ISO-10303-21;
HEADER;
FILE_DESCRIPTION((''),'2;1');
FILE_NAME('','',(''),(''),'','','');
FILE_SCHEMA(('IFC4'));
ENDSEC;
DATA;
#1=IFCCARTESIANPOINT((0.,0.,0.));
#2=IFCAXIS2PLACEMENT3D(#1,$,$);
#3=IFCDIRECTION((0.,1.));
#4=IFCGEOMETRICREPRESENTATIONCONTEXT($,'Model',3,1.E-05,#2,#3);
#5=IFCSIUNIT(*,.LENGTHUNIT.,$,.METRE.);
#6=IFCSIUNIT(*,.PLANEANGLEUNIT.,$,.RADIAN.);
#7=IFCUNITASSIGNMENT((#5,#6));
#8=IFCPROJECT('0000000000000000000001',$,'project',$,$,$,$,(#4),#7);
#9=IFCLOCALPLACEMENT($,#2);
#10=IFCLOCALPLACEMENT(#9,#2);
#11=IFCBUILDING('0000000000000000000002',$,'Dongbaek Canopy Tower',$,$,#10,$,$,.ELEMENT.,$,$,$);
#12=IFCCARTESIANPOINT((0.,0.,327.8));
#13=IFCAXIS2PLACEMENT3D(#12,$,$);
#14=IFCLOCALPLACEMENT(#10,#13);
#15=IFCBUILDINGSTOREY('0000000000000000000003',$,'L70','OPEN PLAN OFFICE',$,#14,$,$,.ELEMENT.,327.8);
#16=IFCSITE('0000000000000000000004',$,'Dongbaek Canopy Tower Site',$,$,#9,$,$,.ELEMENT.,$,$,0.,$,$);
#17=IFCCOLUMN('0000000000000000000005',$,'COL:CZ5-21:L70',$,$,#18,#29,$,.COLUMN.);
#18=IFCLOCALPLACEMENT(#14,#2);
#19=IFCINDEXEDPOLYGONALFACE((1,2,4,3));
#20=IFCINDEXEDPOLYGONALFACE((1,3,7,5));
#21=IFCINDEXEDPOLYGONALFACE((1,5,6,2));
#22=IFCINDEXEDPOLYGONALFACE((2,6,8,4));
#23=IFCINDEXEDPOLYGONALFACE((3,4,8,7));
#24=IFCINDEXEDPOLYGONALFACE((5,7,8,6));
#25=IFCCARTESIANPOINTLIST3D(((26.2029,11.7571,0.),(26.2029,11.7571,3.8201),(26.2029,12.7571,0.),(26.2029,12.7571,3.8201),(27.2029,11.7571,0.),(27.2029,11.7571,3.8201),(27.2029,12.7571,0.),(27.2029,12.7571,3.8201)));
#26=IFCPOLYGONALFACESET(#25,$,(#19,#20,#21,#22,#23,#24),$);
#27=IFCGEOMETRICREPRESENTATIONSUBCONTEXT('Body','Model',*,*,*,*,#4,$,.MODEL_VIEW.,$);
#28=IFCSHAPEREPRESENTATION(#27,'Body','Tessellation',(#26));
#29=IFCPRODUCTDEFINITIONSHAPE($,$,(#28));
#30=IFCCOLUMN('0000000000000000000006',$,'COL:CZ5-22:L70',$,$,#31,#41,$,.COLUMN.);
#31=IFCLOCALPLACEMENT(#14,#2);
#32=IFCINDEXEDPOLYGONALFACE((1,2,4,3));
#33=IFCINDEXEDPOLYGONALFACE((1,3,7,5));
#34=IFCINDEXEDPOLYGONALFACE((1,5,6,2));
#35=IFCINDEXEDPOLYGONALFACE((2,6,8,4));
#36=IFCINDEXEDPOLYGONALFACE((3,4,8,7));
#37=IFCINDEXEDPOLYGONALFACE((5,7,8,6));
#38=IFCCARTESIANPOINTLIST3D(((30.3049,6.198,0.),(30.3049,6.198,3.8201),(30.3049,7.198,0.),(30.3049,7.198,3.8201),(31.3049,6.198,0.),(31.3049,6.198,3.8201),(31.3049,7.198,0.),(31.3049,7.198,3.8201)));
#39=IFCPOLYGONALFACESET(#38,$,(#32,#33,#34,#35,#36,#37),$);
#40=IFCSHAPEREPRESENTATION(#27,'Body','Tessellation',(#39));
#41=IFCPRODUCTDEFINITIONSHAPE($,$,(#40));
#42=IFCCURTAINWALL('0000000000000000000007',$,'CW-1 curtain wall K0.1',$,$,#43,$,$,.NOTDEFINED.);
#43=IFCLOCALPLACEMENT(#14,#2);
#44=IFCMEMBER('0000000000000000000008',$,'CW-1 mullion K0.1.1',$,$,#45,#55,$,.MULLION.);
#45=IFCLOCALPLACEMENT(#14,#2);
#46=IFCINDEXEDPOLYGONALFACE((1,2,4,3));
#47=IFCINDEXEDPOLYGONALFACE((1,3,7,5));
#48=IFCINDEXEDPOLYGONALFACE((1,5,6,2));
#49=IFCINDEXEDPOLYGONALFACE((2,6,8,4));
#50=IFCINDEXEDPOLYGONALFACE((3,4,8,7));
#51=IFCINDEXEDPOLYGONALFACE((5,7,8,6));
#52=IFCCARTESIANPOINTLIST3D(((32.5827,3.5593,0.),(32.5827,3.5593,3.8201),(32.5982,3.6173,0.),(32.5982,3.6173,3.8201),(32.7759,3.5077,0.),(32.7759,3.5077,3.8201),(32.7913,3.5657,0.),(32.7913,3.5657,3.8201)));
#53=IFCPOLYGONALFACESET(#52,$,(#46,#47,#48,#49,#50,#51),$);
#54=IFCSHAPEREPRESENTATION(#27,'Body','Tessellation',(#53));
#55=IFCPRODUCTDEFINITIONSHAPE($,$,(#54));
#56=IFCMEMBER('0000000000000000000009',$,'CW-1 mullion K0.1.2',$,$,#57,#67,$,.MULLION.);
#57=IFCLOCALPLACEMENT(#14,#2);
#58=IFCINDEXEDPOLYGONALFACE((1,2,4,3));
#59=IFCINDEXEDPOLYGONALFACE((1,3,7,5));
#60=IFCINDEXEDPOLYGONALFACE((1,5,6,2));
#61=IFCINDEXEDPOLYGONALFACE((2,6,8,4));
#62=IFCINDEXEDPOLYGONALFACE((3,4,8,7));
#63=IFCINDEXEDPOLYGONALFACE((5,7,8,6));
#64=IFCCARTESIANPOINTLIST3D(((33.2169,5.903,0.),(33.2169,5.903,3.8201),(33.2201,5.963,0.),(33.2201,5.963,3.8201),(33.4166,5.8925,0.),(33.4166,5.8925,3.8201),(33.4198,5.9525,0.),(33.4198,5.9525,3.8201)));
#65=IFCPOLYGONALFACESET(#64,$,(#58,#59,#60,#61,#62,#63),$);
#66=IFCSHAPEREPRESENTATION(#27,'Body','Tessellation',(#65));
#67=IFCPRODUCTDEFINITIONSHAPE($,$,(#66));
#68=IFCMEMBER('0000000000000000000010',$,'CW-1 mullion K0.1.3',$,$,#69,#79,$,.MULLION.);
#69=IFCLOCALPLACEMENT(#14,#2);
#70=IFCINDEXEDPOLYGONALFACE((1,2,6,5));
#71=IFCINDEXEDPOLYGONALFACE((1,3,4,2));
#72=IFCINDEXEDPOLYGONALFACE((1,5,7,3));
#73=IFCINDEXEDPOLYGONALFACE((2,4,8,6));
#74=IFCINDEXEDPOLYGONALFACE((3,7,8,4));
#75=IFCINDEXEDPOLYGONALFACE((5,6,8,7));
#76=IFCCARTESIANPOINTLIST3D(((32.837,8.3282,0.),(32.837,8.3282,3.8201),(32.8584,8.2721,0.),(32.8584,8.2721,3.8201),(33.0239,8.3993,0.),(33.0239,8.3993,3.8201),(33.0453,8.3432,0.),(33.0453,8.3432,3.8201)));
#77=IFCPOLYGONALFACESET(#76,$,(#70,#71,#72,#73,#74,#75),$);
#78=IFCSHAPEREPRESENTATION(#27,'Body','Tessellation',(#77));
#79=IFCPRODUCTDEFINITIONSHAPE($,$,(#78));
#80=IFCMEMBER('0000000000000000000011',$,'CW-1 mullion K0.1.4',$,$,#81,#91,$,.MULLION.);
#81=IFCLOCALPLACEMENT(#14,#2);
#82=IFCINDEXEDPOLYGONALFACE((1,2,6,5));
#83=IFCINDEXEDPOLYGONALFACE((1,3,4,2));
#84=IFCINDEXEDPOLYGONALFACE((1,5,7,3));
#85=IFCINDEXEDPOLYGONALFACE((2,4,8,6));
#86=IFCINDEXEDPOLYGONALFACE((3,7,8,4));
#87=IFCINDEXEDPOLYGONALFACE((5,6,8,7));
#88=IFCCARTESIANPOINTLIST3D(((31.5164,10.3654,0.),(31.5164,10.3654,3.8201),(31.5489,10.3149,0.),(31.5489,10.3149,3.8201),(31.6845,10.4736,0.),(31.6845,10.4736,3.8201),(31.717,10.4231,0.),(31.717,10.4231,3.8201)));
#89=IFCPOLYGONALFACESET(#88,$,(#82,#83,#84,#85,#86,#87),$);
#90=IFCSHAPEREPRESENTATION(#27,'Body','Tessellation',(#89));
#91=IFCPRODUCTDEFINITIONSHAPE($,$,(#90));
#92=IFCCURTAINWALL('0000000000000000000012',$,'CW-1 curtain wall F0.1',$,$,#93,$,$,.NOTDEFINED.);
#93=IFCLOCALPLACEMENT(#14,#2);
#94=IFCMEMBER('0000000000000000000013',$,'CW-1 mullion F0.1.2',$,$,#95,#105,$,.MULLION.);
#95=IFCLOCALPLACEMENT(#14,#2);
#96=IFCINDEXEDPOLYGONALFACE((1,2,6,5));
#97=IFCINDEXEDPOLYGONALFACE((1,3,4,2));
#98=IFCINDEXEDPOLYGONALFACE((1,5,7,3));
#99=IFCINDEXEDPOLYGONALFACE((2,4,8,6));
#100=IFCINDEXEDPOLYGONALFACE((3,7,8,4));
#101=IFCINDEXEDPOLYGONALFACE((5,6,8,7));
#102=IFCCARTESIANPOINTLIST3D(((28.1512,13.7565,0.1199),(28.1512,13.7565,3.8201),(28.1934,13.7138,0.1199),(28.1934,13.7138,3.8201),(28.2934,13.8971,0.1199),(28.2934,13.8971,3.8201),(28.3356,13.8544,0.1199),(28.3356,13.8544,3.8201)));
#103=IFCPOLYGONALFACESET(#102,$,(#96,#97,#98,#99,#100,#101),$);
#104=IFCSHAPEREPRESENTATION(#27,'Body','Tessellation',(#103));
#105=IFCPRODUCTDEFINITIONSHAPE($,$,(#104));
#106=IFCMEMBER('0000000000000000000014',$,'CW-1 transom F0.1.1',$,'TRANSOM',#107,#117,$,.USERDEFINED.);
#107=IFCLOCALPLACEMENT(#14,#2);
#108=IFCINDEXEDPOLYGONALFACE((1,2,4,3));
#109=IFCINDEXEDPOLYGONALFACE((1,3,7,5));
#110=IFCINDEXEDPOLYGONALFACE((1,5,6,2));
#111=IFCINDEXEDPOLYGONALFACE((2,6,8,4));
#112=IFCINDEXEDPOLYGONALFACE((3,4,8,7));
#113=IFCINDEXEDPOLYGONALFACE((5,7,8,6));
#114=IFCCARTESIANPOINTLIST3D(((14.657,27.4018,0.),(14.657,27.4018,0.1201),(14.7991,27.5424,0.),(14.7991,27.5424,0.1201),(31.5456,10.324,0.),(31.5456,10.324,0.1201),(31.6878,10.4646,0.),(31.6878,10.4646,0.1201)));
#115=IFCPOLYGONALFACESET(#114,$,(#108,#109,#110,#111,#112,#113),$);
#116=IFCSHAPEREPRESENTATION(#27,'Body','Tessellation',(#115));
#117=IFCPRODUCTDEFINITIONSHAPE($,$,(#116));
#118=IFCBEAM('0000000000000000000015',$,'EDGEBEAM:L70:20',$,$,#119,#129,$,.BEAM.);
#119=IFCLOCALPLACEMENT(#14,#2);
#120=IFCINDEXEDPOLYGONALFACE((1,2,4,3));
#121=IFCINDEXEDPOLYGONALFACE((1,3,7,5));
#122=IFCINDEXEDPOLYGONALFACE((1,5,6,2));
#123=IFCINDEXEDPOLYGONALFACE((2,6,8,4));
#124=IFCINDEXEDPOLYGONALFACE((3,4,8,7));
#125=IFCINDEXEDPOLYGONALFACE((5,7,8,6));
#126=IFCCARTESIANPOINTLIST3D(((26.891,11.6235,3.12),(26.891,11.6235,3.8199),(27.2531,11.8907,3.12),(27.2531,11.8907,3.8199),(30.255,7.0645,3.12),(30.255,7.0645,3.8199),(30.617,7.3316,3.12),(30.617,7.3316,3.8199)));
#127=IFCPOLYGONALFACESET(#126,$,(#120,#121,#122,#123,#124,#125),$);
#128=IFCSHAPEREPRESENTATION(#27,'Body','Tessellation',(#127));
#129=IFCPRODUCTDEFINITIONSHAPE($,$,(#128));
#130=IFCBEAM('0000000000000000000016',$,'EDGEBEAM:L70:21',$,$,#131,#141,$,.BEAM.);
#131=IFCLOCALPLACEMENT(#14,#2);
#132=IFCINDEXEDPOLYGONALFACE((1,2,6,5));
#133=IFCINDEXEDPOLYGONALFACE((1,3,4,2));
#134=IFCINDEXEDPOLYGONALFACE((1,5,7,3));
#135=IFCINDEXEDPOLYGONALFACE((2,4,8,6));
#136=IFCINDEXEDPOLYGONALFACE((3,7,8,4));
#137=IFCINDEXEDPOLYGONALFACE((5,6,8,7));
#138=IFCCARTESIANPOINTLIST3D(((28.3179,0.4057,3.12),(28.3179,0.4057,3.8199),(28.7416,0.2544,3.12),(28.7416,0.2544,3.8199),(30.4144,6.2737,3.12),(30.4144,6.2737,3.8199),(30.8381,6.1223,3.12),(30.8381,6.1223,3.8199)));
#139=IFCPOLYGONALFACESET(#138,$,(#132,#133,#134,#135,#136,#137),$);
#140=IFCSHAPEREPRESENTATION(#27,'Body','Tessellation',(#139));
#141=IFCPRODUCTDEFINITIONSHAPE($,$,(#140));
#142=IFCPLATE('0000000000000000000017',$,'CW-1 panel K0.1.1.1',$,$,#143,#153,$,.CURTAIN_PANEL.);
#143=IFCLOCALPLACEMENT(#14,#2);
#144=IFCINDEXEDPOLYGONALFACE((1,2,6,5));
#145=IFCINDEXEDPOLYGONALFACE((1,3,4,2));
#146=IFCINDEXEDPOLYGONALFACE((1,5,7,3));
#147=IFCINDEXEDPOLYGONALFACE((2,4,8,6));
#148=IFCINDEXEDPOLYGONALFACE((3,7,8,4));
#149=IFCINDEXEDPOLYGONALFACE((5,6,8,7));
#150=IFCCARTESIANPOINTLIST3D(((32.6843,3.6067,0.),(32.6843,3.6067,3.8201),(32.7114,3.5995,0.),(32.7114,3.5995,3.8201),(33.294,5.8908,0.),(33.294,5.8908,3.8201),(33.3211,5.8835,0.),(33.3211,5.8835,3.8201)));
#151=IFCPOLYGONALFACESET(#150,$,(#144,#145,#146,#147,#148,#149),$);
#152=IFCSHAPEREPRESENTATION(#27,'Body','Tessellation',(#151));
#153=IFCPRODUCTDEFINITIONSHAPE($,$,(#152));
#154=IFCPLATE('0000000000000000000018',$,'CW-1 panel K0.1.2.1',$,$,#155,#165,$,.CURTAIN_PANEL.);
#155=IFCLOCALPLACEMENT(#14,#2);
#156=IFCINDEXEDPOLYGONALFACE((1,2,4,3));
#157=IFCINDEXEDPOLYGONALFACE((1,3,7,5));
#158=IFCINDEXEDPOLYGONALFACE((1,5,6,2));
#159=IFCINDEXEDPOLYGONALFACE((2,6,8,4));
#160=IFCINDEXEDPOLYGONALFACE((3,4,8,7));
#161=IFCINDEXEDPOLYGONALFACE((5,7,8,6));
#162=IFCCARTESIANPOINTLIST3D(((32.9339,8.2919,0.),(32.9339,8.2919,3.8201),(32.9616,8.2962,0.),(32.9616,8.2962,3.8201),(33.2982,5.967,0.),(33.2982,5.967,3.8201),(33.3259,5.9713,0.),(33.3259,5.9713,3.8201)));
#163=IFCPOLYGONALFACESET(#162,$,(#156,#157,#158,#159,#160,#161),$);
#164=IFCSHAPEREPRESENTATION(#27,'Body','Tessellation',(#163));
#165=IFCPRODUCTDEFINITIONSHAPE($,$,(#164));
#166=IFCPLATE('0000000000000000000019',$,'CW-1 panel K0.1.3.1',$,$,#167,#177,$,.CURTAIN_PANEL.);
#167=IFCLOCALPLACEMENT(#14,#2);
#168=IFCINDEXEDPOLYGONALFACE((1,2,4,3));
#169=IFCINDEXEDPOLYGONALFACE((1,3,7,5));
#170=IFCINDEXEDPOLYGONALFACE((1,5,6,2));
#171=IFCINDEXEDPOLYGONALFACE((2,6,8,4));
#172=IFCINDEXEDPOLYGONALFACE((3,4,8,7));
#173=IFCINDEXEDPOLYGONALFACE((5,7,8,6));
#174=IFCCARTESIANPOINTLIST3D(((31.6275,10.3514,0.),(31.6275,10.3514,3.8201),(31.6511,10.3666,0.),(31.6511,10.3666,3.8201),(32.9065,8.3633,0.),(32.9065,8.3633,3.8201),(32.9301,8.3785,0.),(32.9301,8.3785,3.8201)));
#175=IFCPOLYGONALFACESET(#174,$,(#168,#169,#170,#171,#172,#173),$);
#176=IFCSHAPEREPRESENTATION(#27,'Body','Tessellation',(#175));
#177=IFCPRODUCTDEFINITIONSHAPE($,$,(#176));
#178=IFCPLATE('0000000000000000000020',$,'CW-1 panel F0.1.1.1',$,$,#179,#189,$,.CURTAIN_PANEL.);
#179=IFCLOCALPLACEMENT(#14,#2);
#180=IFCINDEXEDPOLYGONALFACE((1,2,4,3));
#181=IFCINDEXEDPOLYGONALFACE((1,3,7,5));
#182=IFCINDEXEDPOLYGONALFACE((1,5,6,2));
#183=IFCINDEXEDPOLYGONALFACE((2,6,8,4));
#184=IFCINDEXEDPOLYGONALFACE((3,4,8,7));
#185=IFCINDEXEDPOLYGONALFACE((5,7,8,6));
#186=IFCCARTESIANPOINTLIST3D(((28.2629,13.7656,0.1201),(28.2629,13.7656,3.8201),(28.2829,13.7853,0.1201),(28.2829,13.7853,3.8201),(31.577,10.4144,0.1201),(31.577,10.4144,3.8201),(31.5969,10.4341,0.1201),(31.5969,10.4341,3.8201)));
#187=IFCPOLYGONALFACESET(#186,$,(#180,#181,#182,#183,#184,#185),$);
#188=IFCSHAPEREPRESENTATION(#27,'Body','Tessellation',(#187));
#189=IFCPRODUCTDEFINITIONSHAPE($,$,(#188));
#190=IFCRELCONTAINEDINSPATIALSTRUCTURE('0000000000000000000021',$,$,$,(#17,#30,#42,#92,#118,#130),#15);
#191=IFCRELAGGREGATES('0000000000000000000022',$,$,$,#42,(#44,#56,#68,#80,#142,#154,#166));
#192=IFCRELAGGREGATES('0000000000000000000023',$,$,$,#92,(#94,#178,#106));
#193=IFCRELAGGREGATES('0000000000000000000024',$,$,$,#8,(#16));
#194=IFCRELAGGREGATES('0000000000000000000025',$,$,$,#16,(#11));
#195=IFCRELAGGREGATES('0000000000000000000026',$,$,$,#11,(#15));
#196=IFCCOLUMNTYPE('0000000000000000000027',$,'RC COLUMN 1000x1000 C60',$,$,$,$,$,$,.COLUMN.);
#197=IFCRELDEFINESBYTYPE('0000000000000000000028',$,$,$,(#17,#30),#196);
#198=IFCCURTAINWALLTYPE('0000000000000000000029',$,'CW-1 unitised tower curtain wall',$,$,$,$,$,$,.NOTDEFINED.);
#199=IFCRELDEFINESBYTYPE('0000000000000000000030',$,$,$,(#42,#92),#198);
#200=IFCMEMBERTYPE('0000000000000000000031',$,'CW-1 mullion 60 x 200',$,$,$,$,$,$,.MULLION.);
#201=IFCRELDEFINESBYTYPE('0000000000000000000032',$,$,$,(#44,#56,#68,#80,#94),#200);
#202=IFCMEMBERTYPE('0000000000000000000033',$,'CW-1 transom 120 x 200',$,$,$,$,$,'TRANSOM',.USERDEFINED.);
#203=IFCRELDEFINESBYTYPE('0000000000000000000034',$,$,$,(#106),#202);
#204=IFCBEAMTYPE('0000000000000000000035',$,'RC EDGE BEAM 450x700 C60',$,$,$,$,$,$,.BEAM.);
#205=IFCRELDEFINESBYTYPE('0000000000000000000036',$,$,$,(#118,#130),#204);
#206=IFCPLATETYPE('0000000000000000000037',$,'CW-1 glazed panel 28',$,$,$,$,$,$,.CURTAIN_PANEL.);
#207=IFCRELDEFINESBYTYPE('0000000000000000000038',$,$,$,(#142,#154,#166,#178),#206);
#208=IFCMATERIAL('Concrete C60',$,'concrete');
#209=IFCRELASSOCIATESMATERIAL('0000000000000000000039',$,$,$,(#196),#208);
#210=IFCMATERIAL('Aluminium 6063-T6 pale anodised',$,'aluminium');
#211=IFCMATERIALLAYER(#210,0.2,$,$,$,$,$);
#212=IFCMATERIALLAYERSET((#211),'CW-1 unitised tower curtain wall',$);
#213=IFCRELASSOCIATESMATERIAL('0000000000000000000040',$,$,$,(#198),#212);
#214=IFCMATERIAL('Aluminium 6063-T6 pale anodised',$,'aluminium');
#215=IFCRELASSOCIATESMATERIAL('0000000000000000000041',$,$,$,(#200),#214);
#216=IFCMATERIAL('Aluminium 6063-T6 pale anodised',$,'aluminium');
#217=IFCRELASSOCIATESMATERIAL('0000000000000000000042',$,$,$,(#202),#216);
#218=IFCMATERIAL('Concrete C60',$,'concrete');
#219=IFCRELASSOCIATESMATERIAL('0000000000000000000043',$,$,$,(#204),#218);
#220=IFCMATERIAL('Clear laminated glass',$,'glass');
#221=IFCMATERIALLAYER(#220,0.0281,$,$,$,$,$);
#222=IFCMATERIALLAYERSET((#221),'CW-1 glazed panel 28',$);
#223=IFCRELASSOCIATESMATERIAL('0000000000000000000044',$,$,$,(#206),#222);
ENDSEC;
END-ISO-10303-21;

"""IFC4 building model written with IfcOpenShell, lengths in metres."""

from ifc_helpers import new_model, si_unit, direction, frame, origin, origin_2d, place, context, subcontext, project, spatial, rectangle, extrude, material, layer, layer_set, material_profile, profile_set, type_object, element, aggregate, save


model = new_model("IFC4")

# Units and contexts
model_context = context("Model", 3, precision=1e-05, world=origin(), true_north=direction((0.0, 1.0)))
body_context = subcontext(model_context, "Body", "Model", "MODEL_VIEW")
ifc_project = project(units=[si_unit("LENGTHUNIT", "METRE"), si_unit("PLANEANGLEUNIT", "RADIAN")], contexts=[model_context])

# Site, building, storey
site_placement = place(None, origin())
site = spatial("IfcSite", under=ifc_project, at=site_placement, Name="Dongbaek Canopy Tower Site", CompositionType="ELEMENT", RefElevation=0.0)
building_placement = place(site_placement, origin())
building = spatial("IfcBuilding", under=site, at=building_placement, Name="Dongbaek Canopy Tower", CompositionType="ELEMENT")
storey_placement = place(building_placement, frame((0.0, 0.0, 327.8)))
storey = spatial("IfcBuildingStorey", under=building, at=storey_placement, Name="L70", Description="OPEN PLAN OFFICE", CompositionType="ELEMENT", Elevation=327.8)

# Columns
ifc_material_1 = material(Name="Concrete C60", Category="concrete")
ifc_material_profile_1 = material_profile(ifc_material_1, rectangle(XDim=1.0, YDim=1.0, at=origin_2d()), Name="RC COLUMN 1000x1000 C60")
ifc_profile_set_1 = profile_set([ifc_material_profile_1], Name="Concrete C60")
column_type = type_object("IfcColumnType", Name="RC COLUMN 1000x1000 C60", PredefinedType="COLUMN", material=ifc_profile_set_1)
for number, where, z_axis, x_axis, name in (
    (1, (26.7029, 12.2571, 0.0), (0.0, 0.0, 1.0), (1.0, 0.0, 0.0), "COL:CZ5-21:L70"),
    (2, (30.8049, 6.698, 0.0), (0.0, 0.0, 1.0), (1.0, 0.0, 0.0), "COL:CZ5-22:L70"),
):
    element("IfcColumn", number, at=place(storey_placement, frame(where, z_axis=z_axis, x_axis=x_axis)), inside=storey, type_object=column_type, Name=name, PredefinedType="COLUMN", context=body_context, shape_type="SweptSolid", body=[
        extrude(rectangle(XDim=1.0, YDim=1.0, at=origin_2d()), origin(), (0.0, 0.0, 1.0), 3.8201),
    ])

# Curtain walls, members
ifc_material_2 = material(Name="Aluminium 6063-T6 pale anodised", Category="aluminium")
ifc_layer_1 = layer(ifc_material_2, 0.2)
ifc_layer_set_1 = layer_set([ifc_layer_1], Name="CW-1 unitised tower curtain wall")
curtain_wall_type = type_object("IfcCurtainWallType", Name="CW-1 unitised tower curtain wall", PredefinedType="NOTDEFINED", material=ifc_layer_set_1)
curtain_wall_1_placement = place(storey_placement, origin())
curtain_wall_1 = element("IfcCurtainWall", 3, at=curtain_wall_1_placement, inside=storey, type_object=curtain_wall_type, Name="CW-1 curtain wall K0.1", PredefinedType="NOTDEFINED")
ifc_material_3 = material(Name="Aluminium 6063-T6 pale anodised", Category="aluminium")
ifc_material_profile_2 = material_profile(ifc_material_3, rectangle(XDim=0.2, YDim=0.0601, at=origin_2d()), Name="CW-1 mullion 60 x 200")
ifc_profile_set_2 = profile_set([ifc_material_profile_2], Name="Aluminium 6063-T6 pale anodised")
member_type_1 = type_object("IfcMemberType", Name="CW-1 mullion 60 x 200", PredefinedType="MULLION", material=ifc_profile_set_2)
member_1_placement = place(storey_placement, frame((32.687, 3.5625, 0.0), z_axis=(0.0, 0.0, 1.0), x_axis=(0.966174, -0.257892, 0.0)))
member_1 = element("IfcMember", 4, at=member_1_placement, type_object=member_type_1, Name="CW-1 mullion K0.1.1", PredefinedType="MULLION", context=body_context, shape_type="SweptSolid", body=[
    extrude(rectangle(XDim=0.2, YDim=0.0601, at=origin_2d()), origin(), (0.0, 0.0, 1.0), 3.8201),
])
member_2_placement = place(storey_placement, frame((33.3184, 5.9277, 0.0), z_axis=(0.0, 0.0, 1.0), x_axis=(0.998611, -0.052682, 0.0)))
member_2 = element("IfcMember", 5, at=member_2_placement, type_object=member_type_1, Name="CW-1 mullion K0.1.2", PredefinedType="MULLION", context=body_context, shape_type="SweptSolid", body=[
    extrude(rectangle(XDim=0.2, YDim=0.0601, at=origin_2d()), origin(), (0.0, 0.0, 1.0), 3.8201),
])
member_3_placement = place(storey_placement, frame((32.9412, 8.3357, 0.0), z_axis=(0.0, 0.0, 1.0), x_axis=(0.934637, 0.355604, 0.0)))
member_3 = element("IfcMember", 6, at=member_3_placement, type_object=member_type_1, Name="CW-1 mullion K0.1.3", PredefinedType="MULLION", context=body_context, shape_type="SweptSolid", body=[
    extrude(rectangle(XDim=0.2, YDim=0.0601, at=origin_2d()), origin(), (0.0, 0.0, 1.0), 3.8201),
])
member_4_placement = place(storey_placement, frame((31.6167, 10.3943, 0.0), z_axis=(0.0, 0.0, 1.0), x_axis=(0.840986, 0.541057, 0.0)))
member_4 = element("IfcMember", 7, at=member_4_placement, type_object=member_type_1, Name="CW-1 mullion K0.1.4", PredefinedType="MULLION", context=body_context, shape_type="SweptSolid", body=[
    extrude(rectangle(XDim=0.2, YDim=0.0601, at=origin_2d()), origin(), (0.0, 0.0, 1.0), 3.8201),
])
curtain_wall_2_placement = place(storey_placement, origin())
curtain_wall_2 = element("IfcCurtainWall", 8, at=curtain_wall_2_placement, inside=storey, type_object=curtain_wall_type, Name="CW-1 curtain wall F0.1", PredefinedType="NOTDEFINED")
member_5_placement = place(storey_placement, frame((28.2434, 13.8054, 0.1199), z_axis=(0.0, 0.0, 1.0), x_axis=(0.711035, 0.703156, 0.0)))
member_5 = element("IfcMember", 9, at=member_5_placement, type_object=member_type_1, Name="CW-1 mullion F0.1.2", PredefinedType="MULLION", context=body_context, shape_type="SweptSolid", body=[
    extrude(rectangle(XDim=0.2, YDim=0.0601, at=origin_2d()), origin(), (0.0, 0.0, 1.0), 3.7002),
])
ifc_material_4 = material(Name="Aluminium 6063-T6 pale anodised", Category="aluminium")
ifc_material_profile_3 = material_profile(ifc_material_4, rectangle(XDim=0.2, YDim=0.1201, at=origin_2d()), Name="CW-1 transom 120 x 200")
ifc_profile_set_3 = profile_set([ifc_material_profile_3], Name="Aluminium 6063-T6 pale anodised")
member_type_2 = type_object("IfcMemberType", Name="CW-1 transom 120 x 200", ElementType="TRANSOM", PredefinedType="USERDEFINED", material=ifc_profile_set_3)
member_6_placement = place(storey_placement, frame((31.6167, 10.3943, 0.0601), z_axis=(-0.703157, 0.711035, 0.0), x_axis=(-0.711035, -0.703157, 0.0)))
member_6 = element("IfcMember", 10, at=member_6_placement, type_object=member_type_2, Name="CW-1 transom F0.1.1", ObjectType="TRANSOM", PredefinedType="USERDEFINED", context=body_context, shape_type="SweptSolid", body=[
    extrude(rectangle(XDim=0.2, YDim=0.1201, at=origin_2d()), origin(), (0.0, 0.0, 1.0), 24.0183),
])

# Beams
ifc_material_5 = material(Name="Concrete C60", Category="concrete")
ifc_material_profile_4 = material_profile(ifc_material_5, rectangle(XDim=0.45, YDim=0.7, at=origin_2d()), Name="RC EDGE BEAM 450x700 C60")
ifc_profile_set_4 = profile_set([ifc_material_profile_4], Name="Concrete C60")
beam_type = type_object("IfcBeamType", Name="RC EDGE BEAM 450x700 C60", PredefinedType="BEAM", material=ifc_profile_set_4)
beam_1_placement = place(storey_placement, frame((27.072, 11.7571, 3.47), z_axis=(0.593735, -0.80466, 0.0), x_axis=(0.80466, 0.593735, 0.0)))
element("IfcBeam", 11, at=beam_1_placement, inside=storey, type_object=beam_type, Name="EDGEBEAM:L70:20", PredefinedType="BEAM", context=body_context, shape_type="SweptSolid", body=[
    extrude(rectangle(XDim=0.45, YDim=0.7, at=origin_2d()), origin(), (0.0, 0.0, 1.0), 5.6658),
])
beam_2_placement = place(storey_placement, frame((30.6262, 6.198, 3.47), z_axis=(-0.336443, -0.941704, 0.0), x_axis=(0.941704, -0.336443, 0.0)))
element("IfcBeam", 12, at=beam_2_placement, inside=storey, type_object=beam_type, Name="EDGEBEAM:L70:21", PredefinedType="BEAM", context=body_context, shape_type="SweptSolid", body=[
    extrude(rectangle(XDim=0.45, YDim=0.7, at=origin_2d()), origin(), (0.0, 0.0, 1.0), 6.2312),
])

# Plates
ifc_material_6 = material(Name="Clear laminated glass", Category="glass")
ifc_layer_2 = layer(ifc_material_6, 0.0281)
ifc_layer_set_2 = layer_set([ifc_layer_2], Name="CW-1 glazed panel 28")
plate_type = type_object("IfcPlateType", Name="CW-1 glazed panel 28", PredefinedType="CURTAIN_PANEL", material=ifc_layer_set_2)
plate_1_placement = place(storey_placement, frame((33.0027, 4.7451, 0.0), z_axis=(0.0, 0.0, 1.0), x_axis=(0.257892, 0.966174, 0.0)))
plate_1 = element("IfcPlate", 13, at=plate_1_placement, type_object=plate_type, Name="CW-1 panel K0.1.1.1", PredefinedType="CURTAIN_PANEL", context=body_context, shape_type="SweptSolid", body=[
    extrude(rectangle(XDim=2.364, YDim=0.0281, at=origin_2d()), origin(), (0.0, 0.0, 1.0), 3.8201),
])
plate_2_placement = place(storey_placement, frame((33.1299, 7.1316, 0.0), z_axis=(0.0, 0.0, 1.0), x_axis=(-0.154802, 0.987945, 0.0)))
plate_2 = element("IfcPlate", 14, at=plate_2_placement, type_object=plate_type, Name="CW-1 panel K0.1.2.1", PredefinedType="CURTAIN_PANEL", context=body_context, shape_type="SweptSolid", body=[
    extrude(rectangle(XDim=2.3533, YDim=0.0281, at=origin_2d()), origin(), (0.0, 0.0, 1.0), 3.8201),
])
plate_3_placement = place(storey_placement, frame((32.2788, 9.365, 0.0), z_axis=(0.0, 0.0, 1.0), x_axis=(-0.541057, 0.840986, 0.0)))
plate_3 = element("IfcPlate", 15, at=plate_3_placement, type_object=plate_type, Name="CW-1 panel K0.1.3.1", PredefinedType="CURTAIN_PANEL", context=body_context, shape_type="SweptSolid", body=[
    extrude(rectangle(XDim=2.364, YDim=0.0281, at=origin_2d()), origin(), (0.0, 0.0, 1.0), 3.8201),
])
plate_4_placement = place(storey_placement, frame((29.9299, 12.0999, 0.1201), z_axis=(0.0, 0.0, 1.0), x_axis=(-0.703156, 0.711035, 0.0)))
plate_4 = element("IfcPlate", 16, at=plate_4_placement, type_object=plate_type, Name="CW-1 panel F0.1.1.1", PredefinedType="CURTAIN_PANEL", context=body_context, shape_type="SweptSolid", body=[
    extrude(rectangle(XDim=4.7131, YDim=0.0281, at=origin_2d()), origin(), (0.0, 0.0, 1.0), 3.7),
])

aggregate(curtain_wall_1, [member_1, member_2, member_3, member_4, plate_1, plate_2, plate_3])
aggregate(curtain_wall_2, [member_5, plate_4, member_6])

save(model, "model.ifc")
